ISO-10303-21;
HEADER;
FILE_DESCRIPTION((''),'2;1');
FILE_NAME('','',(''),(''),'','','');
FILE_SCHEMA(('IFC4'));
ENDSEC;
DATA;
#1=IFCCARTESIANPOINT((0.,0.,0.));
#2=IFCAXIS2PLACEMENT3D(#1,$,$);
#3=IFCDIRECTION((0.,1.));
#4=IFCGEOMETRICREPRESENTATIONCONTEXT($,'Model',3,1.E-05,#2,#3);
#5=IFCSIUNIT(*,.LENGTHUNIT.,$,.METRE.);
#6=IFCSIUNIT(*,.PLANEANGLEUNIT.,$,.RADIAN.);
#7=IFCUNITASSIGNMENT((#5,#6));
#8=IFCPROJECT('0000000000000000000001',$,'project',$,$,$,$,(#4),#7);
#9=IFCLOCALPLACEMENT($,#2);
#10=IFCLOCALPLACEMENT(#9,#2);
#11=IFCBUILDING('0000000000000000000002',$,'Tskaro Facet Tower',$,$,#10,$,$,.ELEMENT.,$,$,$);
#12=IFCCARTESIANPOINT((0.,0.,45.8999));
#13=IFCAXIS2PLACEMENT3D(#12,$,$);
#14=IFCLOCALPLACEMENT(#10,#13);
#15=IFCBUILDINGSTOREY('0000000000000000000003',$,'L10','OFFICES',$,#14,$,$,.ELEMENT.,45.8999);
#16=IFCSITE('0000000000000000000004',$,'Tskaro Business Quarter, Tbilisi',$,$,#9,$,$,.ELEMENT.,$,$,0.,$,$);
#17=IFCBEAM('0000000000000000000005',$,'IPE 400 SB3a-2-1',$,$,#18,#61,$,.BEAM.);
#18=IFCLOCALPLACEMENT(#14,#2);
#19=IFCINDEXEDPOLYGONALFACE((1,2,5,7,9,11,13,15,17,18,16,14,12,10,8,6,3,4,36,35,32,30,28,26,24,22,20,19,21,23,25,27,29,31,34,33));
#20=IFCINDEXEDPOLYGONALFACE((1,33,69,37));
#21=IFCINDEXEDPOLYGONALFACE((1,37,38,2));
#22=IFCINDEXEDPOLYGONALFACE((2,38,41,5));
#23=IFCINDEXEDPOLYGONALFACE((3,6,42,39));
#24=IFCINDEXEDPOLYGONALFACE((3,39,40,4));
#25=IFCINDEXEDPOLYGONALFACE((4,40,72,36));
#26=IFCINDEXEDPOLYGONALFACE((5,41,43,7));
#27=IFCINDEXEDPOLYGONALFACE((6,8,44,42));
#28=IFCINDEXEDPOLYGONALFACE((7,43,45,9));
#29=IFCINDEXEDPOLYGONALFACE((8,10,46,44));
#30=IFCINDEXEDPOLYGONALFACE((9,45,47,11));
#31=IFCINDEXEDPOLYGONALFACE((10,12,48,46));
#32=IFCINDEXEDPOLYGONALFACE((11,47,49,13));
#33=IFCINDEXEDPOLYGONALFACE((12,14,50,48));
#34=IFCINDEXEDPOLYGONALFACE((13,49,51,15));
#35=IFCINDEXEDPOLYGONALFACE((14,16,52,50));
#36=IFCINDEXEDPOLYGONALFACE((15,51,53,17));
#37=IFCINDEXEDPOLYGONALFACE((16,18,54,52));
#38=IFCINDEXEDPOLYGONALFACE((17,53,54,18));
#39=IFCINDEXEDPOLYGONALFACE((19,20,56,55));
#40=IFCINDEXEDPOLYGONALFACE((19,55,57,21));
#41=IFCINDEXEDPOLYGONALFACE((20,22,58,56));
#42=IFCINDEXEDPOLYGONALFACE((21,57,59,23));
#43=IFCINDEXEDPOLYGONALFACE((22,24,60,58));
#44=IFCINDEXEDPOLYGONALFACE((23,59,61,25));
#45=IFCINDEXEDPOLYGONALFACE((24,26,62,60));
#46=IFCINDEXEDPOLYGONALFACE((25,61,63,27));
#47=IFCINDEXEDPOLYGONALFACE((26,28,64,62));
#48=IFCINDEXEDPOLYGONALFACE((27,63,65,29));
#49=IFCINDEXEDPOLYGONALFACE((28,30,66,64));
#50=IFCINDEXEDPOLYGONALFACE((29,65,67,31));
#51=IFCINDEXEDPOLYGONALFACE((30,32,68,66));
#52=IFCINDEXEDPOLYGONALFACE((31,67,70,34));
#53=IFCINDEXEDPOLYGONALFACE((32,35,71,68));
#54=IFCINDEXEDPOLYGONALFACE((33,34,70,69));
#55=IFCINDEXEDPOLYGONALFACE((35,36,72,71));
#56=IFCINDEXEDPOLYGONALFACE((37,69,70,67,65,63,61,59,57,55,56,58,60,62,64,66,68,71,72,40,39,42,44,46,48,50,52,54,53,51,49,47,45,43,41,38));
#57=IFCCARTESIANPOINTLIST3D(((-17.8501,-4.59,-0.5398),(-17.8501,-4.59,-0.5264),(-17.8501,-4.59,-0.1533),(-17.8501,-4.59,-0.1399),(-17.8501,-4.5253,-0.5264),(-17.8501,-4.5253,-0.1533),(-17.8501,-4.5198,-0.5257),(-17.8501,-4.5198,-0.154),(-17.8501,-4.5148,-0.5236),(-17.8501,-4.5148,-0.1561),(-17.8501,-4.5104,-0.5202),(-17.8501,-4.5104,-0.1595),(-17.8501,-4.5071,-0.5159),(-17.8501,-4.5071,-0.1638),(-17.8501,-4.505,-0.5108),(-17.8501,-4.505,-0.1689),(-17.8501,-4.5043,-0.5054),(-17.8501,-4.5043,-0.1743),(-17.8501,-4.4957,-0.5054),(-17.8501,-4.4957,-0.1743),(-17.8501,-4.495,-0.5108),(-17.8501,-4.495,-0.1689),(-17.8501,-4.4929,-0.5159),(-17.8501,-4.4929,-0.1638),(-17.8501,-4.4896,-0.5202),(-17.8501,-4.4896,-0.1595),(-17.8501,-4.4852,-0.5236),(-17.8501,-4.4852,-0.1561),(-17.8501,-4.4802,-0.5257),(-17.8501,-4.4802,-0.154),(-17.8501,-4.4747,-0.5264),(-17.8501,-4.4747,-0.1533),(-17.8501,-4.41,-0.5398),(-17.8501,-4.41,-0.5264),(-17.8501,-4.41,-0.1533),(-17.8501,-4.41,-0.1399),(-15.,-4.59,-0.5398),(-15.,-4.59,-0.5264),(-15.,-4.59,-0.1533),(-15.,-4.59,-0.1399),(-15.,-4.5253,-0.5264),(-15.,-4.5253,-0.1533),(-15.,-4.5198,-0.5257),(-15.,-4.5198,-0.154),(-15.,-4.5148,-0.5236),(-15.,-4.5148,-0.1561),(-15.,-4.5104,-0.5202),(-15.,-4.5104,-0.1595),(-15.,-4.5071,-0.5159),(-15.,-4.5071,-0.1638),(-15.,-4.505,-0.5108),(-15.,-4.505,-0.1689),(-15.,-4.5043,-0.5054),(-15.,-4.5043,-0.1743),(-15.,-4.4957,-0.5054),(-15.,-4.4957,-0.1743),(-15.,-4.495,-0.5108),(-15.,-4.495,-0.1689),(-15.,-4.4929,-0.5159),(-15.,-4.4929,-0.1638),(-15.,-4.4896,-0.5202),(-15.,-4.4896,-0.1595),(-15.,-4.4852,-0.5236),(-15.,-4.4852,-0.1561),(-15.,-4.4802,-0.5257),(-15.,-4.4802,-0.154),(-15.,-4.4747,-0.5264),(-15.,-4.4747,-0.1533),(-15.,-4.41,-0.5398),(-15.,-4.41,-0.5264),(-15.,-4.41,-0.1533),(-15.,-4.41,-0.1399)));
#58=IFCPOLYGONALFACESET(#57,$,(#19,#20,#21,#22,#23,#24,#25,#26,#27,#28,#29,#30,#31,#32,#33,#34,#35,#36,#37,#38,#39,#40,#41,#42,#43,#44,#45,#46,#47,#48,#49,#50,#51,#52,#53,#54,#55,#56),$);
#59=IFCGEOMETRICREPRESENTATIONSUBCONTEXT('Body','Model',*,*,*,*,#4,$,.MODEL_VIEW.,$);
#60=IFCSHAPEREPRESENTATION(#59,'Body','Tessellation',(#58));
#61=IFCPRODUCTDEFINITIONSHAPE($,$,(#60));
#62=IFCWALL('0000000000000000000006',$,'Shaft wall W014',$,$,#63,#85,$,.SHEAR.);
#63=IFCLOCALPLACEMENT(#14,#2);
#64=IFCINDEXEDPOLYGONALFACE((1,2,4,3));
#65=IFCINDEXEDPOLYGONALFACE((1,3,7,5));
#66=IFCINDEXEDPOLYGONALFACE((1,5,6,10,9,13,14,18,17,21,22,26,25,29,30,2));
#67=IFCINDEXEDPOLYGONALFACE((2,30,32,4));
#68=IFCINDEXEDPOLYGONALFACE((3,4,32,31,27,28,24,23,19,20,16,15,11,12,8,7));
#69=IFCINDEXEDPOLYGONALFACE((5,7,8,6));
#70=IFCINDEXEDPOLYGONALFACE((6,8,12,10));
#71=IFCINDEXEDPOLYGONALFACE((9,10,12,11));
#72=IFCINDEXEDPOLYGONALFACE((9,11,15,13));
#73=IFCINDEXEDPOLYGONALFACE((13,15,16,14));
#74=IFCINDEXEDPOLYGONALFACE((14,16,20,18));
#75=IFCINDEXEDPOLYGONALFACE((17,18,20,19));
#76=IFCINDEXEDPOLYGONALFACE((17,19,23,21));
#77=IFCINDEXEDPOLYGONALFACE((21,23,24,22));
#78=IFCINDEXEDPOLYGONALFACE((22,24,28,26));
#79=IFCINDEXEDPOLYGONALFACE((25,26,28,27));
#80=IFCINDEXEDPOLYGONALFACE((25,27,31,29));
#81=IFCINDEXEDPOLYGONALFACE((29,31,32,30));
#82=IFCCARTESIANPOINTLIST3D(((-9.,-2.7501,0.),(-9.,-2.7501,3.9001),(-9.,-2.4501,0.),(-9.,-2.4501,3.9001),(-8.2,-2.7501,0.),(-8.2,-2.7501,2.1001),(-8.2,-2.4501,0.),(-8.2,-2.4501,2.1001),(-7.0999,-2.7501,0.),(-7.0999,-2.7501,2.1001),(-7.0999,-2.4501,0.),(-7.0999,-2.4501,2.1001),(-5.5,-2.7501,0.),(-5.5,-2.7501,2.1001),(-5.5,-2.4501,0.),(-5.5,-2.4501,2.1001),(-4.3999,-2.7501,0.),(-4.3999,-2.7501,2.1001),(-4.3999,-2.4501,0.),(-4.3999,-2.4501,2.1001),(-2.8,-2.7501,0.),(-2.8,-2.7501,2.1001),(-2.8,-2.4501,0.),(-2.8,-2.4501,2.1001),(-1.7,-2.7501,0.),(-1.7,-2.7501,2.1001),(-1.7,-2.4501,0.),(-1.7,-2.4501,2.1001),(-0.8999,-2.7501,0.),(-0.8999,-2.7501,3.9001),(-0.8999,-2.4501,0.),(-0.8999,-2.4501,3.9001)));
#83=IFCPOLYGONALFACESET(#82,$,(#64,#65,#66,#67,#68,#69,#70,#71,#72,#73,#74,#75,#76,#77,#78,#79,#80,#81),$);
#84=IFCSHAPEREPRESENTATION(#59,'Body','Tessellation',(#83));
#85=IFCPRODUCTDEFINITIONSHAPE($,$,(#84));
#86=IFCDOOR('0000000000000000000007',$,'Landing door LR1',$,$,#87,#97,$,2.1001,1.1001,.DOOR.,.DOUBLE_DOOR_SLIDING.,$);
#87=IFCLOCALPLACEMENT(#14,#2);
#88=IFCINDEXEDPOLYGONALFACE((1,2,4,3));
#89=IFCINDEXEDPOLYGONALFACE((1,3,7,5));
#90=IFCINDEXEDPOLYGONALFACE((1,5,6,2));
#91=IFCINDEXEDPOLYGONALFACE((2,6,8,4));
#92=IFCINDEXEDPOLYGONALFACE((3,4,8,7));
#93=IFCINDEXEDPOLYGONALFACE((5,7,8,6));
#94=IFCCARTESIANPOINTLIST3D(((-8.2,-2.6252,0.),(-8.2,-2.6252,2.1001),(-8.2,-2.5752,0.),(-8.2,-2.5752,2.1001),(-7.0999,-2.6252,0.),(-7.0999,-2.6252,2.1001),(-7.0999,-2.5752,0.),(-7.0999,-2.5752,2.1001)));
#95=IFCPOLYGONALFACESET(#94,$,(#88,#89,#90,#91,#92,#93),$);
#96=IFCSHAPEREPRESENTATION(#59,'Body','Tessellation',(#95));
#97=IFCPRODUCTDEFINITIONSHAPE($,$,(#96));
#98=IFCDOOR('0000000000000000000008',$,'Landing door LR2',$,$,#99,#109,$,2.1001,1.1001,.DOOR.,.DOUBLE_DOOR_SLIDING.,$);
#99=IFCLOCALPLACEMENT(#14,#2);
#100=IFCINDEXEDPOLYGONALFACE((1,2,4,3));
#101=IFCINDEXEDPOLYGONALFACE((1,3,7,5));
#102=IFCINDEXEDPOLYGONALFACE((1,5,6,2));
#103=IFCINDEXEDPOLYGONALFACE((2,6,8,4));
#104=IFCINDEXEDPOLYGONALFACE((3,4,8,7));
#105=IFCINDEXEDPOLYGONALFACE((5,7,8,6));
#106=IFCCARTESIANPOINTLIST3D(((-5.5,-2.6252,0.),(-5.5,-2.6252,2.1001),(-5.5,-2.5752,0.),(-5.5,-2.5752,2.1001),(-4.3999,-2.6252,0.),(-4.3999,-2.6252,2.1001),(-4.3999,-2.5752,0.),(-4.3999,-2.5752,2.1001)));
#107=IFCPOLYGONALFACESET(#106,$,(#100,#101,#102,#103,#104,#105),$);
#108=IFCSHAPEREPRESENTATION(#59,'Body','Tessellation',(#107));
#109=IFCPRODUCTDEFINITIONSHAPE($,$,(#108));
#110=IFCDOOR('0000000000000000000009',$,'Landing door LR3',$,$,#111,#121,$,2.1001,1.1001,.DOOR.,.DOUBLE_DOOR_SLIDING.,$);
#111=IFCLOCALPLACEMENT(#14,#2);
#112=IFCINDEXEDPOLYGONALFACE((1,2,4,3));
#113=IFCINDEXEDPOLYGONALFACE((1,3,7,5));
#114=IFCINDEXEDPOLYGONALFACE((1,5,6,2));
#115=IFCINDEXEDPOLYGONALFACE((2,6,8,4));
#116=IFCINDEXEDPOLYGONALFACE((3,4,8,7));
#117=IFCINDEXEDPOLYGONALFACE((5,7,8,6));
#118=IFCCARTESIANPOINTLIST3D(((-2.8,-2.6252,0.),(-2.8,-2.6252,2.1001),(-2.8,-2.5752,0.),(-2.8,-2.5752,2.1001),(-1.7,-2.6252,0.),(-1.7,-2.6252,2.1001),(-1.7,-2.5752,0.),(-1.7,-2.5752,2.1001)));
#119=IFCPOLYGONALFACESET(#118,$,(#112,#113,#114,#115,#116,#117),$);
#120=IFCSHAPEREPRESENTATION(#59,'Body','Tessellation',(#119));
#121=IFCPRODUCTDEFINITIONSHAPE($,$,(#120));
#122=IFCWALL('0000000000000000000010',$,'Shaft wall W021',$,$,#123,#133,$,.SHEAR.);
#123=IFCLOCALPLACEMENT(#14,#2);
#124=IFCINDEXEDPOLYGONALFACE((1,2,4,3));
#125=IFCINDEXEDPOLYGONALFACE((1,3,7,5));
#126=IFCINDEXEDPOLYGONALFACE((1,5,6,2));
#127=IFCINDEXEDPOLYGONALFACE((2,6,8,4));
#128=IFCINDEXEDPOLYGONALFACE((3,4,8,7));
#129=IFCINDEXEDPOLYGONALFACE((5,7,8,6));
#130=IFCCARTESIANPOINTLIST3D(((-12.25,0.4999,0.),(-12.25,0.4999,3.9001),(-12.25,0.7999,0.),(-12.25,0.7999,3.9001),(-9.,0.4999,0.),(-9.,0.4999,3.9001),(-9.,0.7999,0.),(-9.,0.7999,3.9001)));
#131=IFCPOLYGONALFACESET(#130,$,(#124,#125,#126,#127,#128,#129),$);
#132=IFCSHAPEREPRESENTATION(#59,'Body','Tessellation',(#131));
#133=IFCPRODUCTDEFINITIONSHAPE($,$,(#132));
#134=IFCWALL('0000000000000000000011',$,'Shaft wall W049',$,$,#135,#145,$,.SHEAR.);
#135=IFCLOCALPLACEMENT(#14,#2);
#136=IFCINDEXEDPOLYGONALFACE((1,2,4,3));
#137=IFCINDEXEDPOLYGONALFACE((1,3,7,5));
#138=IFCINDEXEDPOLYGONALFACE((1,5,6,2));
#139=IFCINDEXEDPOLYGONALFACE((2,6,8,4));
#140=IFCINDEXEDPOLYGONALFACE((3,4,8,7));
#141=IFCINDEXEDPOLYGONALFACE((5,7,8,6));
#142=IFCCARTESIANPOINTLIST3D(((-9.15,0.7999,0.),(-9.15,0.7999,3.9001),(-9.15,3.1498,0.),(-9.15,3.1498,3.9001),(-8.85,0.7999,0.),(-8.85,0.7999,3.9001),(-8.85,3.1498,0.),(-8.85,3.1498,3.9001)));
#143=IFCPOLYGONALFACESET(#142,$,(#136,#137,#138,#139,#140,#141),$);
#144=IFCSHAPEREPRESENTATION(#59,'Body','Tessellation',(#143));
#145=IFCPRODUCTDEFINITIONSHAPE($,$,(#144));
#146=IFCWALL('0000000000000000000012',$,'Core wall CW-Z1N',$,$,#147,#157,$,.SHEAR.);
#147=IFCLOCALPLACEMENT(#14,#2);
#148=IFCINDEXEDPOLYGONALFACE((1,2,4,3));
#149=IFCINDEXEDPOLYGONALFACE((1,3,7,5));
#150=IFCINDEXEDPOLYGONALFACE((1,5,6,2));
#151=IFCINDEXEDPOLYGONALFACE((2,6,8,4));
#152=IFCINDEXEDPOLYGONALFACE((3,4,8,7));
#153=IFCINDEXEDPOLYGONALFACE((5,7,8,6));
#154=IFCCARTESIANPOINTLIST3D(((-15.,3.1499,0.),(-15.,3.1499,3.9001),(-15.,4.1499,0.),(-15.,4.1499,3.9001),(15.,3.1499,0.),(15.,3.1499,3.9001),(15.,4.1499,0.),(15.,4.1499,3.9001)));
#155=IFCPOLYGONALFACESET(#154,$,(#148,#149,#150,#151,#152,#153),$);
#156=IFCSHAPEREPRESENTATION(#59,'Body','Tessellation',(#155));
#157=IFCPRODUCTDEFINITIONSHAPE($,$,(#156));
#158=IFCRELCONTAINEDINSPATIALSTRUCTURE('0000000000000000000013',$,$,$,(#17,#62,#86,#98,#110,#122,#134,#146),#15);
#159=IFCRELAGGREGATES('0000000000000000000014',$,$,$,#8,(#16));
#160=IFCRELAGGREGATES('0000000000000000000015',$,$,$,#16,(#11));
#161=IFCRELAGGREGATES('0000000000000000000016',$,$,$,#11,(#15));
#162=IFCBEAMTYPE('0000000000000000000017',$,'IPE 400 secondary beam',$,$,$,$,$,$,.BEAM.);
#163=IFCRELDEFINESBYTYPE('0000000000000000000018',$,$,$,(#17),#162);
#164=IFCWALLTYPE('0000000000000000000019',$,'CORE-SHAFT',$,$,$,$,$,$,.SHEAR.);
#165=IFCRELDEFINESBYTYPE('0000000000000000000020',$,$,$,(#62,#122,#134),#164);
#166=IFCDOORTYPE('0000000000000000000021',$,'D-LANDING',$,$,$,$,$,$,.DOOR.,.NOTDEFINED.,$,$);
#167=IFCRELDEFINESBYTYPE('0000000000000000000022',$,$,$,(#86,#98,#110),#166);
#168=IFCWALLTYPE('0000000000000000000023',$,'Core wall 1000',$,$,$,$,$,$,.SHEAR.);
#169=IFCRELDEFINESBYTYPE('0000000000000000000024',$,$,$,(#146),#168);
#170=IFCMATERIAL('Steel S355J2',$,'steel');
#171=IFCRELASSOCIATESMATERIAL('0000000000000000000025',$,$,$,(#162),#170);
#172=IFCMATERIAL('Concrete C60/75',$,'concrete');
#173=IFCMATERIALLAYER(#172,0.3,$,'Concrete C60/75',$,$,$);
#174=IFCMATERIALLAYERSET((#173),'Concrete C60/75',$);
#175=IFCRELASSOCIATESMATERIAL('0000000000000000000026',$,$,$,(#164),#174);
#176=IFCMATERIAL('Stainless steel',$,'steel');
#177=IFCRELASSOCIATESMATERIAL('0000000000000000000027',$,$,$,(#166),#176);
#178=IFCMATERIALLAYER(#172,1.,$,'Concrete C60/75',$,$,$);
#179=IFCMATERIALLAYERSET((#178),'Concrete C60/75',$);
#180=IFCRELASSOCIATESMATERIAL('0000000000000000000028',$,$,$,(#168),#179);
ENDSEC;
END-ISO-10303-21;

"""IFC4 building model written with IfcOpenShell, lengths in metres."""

from ifc_helpers import new_model, si_unit, direction, frame, frame_2d, origin, origin_2d, place, context, subcontext, project, spatial, rectangle, i_section, extrude, material, layer, layer_set, material_profile, profile_set, type_object, element, fill, save


model = new_model("IFC4")

# Units and contexts
model_context = context("Model", 3, precision=1e-05, world=origin(), true_north=direction((0.0, 1.0)))
body_context = subcontext(model_context, "Body", "Model", "MODEL_VIEW")
ifc_project = project(units=[si_unit("LENGTHUNIT", "METRE"), si_unit("PLANEANGLEUNIT", "RADIAN")], contexts=[model_context])

# Site, building, storey
site_placement = place(None, origin())
site = spatial("IfcSite", under=ifc_project, at=site_placement, Name="Tskaro Business Quarter, Tbilisi", CompositionType="ELEMENT", RefElevation=0.0)
building_placement = place(site_placement, origin())
building = spatial("IfcBuilding", under=site, at=building_placement, Name="Tskaro Facet Tower", CompositionType="ELEMENT")
storey_placement = place(building_placement, frame((0.0, 0.0, 45.8999)))
storey = spatial("IfcBuildingStorey", under=building, at=storey_placement, Name="L10", Description="OFFICES", CompositionType="ELEMENT", Elevation=45.8999)

# Beam
ifc_material_1 = material(Name="Steel S355J2", Category="steel")
ifc_material_profile = material_profile(ifc_material_1, i_section(OverallWidth=0.1799, OverallDepth=0.3999, WebThickness=0.0085, FlangeThickness=0.0134, FilletRadius=0.021, at=origin_2d()), Name="IPE 400")
ifc_profile_set = profile_set([ifc_material_profile], Name="Steel S355J2")
beam_type = type_object("IfcBeamType", Name="IPE 400 secondary beam", PredefinedType="BEAM", material=ifc_profile_set)
beam_placement = place(storey_placement, frame((-17.8501, -4.5, -0.3398), z_axis=(1.0, 0.0, 0.0), x_axis=(0.0, 1.0, 0.0)))
element("IfcBeam", 1, at=beam_placement, inside=storey, type_object=beam_type, Name="IPE 400 SB3a-2-1", PredefinedType="BEAM", context=body_context, shape_type="SweptSolid", body=[
    extrude(i_section(OverallWidth=0.1799, OverallDepth=0.3999, WebThickness=0.0085, FlangeThickness=0.0134, FilletRadius=0.021, at=origin_2d()), origin(), (0.0, 0.0, 1.0), 2.8501),
])

# Wall, openings, doors
ifc_material_2 = material(Name="Concrete C60/75", Category="concrete")
ifc_layer_1 = layer(ifc_material_2, 0.3, Name="Concrete C60/75")
ifc_layer_set_1 = layer_set([ifc_layer_1], Name="Concrete C60/75")
wall_type_1 = type_object("IfcWallType", Name="CORE-SHAFT", PredefinedType="SHEAR", material=ifc_layer_set_1)
wall_1_placement = place(storey_placement, frame((-9.0, -2.6001, 0.0), z_axis=(0.0, 0.0, 1.0), x_axis=(1.0, 0.0, 0.0)))
wall_1 = element("IfcWall", 2, at=wall_1_placement, inside=storey, type_object=wall_type_1, Name="Shaft wall W014", PredefinedType="SHEAR", context=body_context, shape_type="SweptSolid", body=[
    extrude(rectangle(XDim=8.1001, YDim=0.3, at=frame_2d((4.05, 0.0))), origin(), (0.0, 0.0, 1.0), 3.9001),
])
opening_1_placement = place(wall_1_placement, frame((0.8, 0.0, 0.0)))
opening_1 = element("IfcOpeningElement", 3, at=opening_1_placement, cuts=wall_1, PredefinedType="OPENING", context=body_context, shape_type="SweptSolid", body=[
    extrude(rectangle(XDim=1.1001, YDim=2.1001, at=frame_2d((0.55, 1.05))), frame((0.0, 0.1599, 0.0), z_axis=(0.0, -1.0, 0.0), x_axis=(1.0, 0.0, 0.0)), (0.0, 0.0, 1.0), 0.3201),
])
opening_2_placement = place(wall_1_placement, frame((3.5, 0.0, 0.0)))
opening_2 = element("IfcOpeningElement", 4, at=opening_2_placement, cuts=wall_1, PredefinedType="OPENING", context=body_context, shape_type="SweptSolid", body=[
    extrude(rectangle(XDim=1.1001, YDim=2.1001, at=frame_2d((0.55, 1.05))), frame((0.0, 0.1599, 0.0), z_axis=(0.0, -1.0, 0.0), x_axis=(1.0, 0.0, 0.0)), (0.0, 0.0, 1.0), 0.3201),
])
opening_3_placement = place(wall_1_placement, frame((6.2, 0.0, 0.0)))
opening_3 = element("IfcOpeningElement", 5, at=opening_3_placement, cuts=wall_1, PredefinedType="OPENING", context=body_context, shape_type="SweptSolid", body=[
    extrude(rectangle(XDim=1.1001, YDim=2.1001, at=frame_2d((0.55, 1.05))), frame((0.0, 0.1599, 0.0), z_axis=(0.0, -1.0, 0.0), x_axis=(1.0, 0.0, 0.0)), (0.0, 0.0, 1.0), 0.3201),
])
ifc_material_3 = material(Name="Stainless steel", Category="steel")
door_type_1 = type_object("IfcDoorType", Name="D-LANDING", OperationType="NOTDEFINED", PredefinedType="DOOR", material=ifc_material_3)
door_1_placement = place(opening_1_placement, origin())
door_1 = element("IfcDoor", 6, at=door_1_placement, inside=storey, type_object=door_type_1, Name="Landing door LR1", OperationType="DOUBLE_DOOR_SLIDING", OverallHeight=2.1001, OverallWidth=1.1001, PredefinedType="DOOR", context=body_context, shape_type="SweptSolid", body=[
    extrude(rectangle(XDim=1.1001, YDim=2.1001, at=frame_2d((0.55, 1.05))), frame((0.0, 0.0249, 0.0), z_axis=(0.0, -1.0, 0.0), x_axis=(1.0, 0.0, 0.0)), (0.0, 0.0, 1.0), 0.05),
])
fill(opening_1, door_1)
door_2_placement = place(opening_2_placement, origin())
door_2 = element("IfcDoor", 7, at=door_2_placement, inside=storey, type_object=door_type_1, Name="Landing door LR2", OperationType="DOUBLE_DOOR_SLIDING", OverallHeight=2.1001, OverallWidth=1.1001, PredefinedType="DOOR", context=body_context, shape_type="SweptSolid", body=[
    extrude(rectangle(XDim=1.1001, YDim=2.1001, at=frame_2d((0.55, 1.05))), frame((0.0, 0.0249, 0.0), z_axis=(0.0, -1.0, 0.0), x_axis=(1.0, 0.0, 0.0)), (0.0, 0.0, 1.0), 0.05),
])
fill(opening_2, door_2)
door_3_placement = place(opening_3_placement, origin())
door_3 = element("IfcDoor", 8, at=door_3_placement, inside=storey, type_object=door_type_1, Name="Landing door LR3", OperationType="DOUBLE_DOOR_SLIDING", OverallHeight=2.1001, OverallWidth=1.1001, PredefinedType="DOOR", context=body_context, shape_type="SweptSolid", body=[
    extrude(rectangle(XDim=1.1001, YDim=2.1001, at=frame_2d((0.55, 1.05))), frame((0.0, 0.0249, 0.0), z_axis=(0.0, -1.0, 0.0), x_axis=(1.0, 0.0, 0.0)), (0.0, 0.0, 1.0), 0.05),
])
fill(opening_3, door_3)

# Walls
wall_2_placement = place(storey_placement, frame((-9.0, 0.6499, 0.0), z_axis=(0.0, 0.0, 1.0), x_axis=(-1.0, 0.0, 0.0)))
element("IfcWall", 9, at=wall_2_placement, inside=storey, type_object=wall_type_1, Name="Shaft wall W021", PredefinedType="SHEAR", context=body_context, shape_type="SweptSolid", body=[
    extrude(rectangle(XDim=3.25, YDim=0.3, at=frame_2d((1.625, 0.0))), origin(), (0.0, 0.0, 1.0), 3.9001),
])
wall_3_placement = place(storey_placement, frame((-9.0, 0.8, 0.0), z_axis=(0.0, 0.0, 1.0), x_axis=(0.0, 1.0, 0.0)))
element("IfcWall", 10, at=wall_3_placement, inside=storey, type_object=wall_type_1, Name="Shaft wall W049", PredefinedType="SHEAR", context=body_context, shape_type="SweptSolid", body=[
    extrude(rectangle(XDim=2.3499, YDim=0.3, at=frame_2d((1.1748, 0.0))), origin(), (0.0, 0.0, 1.0), 3.9001),
])
ifc_layer_2 = layer(ifc_material_2, 1.0, Name="Concrete C60/75")
ifc_layer_set_2 = layer_set([ifc_layer_2], Name="Concrete C60/75")
wall_type_2 = type_object("IfcWallType", Name="Core wall 1000", PredefinedType="SHEAR", material=ifc_layer_set_2)
wall_4_placement = place(storey_placement, frame((-15.0, 3.6499, 0.0), z_axis=(0.0, 0.0, 1.0), x_axis=(1.0, 0.0, 0.0)))
element("IfcWall", 11, at=wall_4_placement, inside=storey, type_object=wall_type_2, Name="Core wall CW-Z1N", PredefinedType="SHEAR", context=body_context, shape_type="SweptSolid", body=[
    extrude(rectangle(XDim=30.0, YDim=1.0, at=frame_2d((15.0, 0.0))), origin(), (0.0, 0.0, 1.0), 3.9001),
])

save(model, "model.ifc")
